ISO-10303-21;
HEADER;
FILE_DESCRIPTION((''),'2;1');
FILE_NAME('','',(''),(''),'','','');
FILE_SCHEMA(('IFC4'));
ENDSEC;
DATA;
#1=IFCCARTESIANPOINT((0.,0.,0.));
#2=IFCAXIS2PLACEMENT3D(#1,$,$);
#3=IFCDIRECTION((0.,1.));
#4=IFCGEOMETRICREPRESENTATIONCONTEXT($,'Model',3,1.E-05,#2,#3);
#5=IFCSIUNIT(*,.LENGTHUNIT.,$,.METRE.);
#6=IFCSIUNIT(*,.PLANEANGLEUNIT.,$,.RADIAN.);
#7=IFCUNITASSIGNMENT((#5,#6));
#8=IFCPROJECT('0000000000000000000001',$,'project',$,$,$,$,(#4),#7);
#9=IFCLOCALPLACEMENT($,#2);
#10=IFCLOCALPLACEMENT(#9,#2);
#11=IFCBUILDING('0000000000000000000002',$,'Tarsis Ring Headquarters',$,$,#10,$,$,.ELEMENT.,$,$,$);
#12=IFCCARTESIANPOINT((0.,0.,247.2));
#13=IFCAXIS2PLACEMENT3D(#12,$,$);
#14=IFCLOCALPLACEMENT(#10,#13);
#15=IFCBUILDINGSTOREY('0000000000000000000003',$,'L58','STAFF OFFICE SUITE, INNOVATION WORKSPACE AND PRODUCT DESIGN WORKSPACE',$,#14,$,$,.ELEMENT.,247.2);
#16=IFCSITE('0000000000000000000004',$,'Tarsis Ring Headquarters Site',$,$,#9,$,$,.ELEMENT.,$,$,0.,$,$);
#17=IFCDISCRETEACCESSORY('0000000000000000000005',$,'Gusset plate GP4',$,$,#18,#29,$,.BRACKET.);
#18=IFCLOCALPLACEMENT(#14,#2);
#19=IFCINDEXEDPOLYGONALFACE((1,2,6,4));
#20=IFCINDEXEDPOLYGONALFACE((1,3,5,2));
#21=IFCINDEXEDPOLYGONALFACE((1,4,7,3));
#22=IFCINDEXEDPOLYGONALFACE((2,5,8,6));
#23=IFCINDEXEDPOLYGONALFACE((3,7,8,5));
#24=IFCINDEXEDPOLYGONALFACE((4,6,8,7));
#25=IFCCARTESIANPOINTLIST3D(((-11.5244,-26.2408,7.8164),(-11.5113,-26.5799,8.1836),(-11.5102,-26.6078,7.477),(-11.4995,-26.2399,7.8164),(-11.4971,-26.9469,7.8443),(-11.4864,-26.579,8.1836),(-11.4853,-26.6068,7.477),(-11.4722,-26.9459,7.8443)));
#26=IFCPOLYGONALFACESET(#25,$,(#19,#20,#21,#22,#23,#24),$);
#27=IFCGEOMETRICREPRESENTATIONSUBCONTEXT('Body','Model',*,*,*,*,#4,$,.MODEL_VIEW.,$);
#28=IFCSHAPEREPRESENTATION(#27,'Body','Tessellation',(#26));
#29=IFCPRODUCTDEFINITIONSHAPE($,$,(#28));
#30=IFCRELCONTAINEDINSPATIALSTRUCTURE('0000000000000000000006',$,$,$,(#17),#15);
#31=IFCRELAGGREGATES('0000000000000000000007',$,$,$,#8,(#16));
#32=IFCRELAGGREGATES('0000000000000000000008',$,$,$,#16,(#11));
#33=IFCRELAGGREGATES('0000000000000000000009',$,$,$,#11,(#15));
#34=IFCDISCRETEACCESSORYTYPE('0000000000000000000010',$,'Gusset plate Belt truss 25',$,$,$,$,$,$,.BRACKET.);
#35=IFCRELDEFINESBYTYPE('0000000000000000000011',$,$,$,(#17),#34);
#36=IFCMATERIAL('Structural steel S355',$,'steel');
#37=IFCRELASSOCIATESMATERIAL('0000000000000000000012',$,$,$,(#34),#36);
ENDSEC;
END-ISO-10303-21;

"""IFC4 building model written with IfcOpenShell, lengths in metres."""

from ifc_helpers import new_model, si_unit, direction, frame, origin, origin_2d, place, context, subcontext, project, spatial, rectangle, extrude, material, material_profile, profile_set, type_object, element, save


model = new_model("IFC4")

# Units and contexts
model_context = context("Model", 3, precision=1e-05, world=origin(), true_north=direction((0.0, 1.0)))
body_context = subcontext(model_context, "Body", "Model", "MODEL_VIEW")
ifc_project = project(units=[si_unit("LENGTHUNIT", "METRE"), si_unit("PLANEANGLEUNIT", "RADIAN")], contexts=[model_context])

# Site, building, storey
site_placement = place(None, origin())
site = spatial("IfcSite", under=ifc_project, at=site_placement, Name="Tarsis Ring Headquarters Site", CompositionType="ELEMENT", RefElevation=0.0)
building_placement = place(site_placement, origin())
building = spatial("IfcBuilding", under=site, at=building_placement, Name="Tarsis Ring Headquarters", CompositionType="ELEMENT")
storey_placement = place(building_placement, frame((0.0, 0.0, 247.2)))
storey = spatial("IfcBuildingStorey", under=building, at=storey_placement, Name="L58", Description="STAFF OFFICE SUITE, INNOVATION WORKSPACE AND PRODUCT DESIGN WORKSPACE", CompositionType="ELEMENT", Elevation=247.2)

# Shared definitions
ifc_material_1 = material(Name="Structural steel S355", Category="steel")

# Discrete accessory
ifc_material_profile_1 = material_profile(ifc_material_1, rectangle(XDim=0.0249, YDim=0.5, at=origin_2d()), Name="PL 25x500")
ifc_profile_set_1 = profile_set([ifc_material_profile_1], Name="Structural steel S355")
discrete_accessory_type = type_object("IfcDiscreteAccessoryType", Name="Gusset plate Belt truss 25", PredefinedType="BRACKET", material=ifc_profile_set_1)
discrete_accessory_1_placement = place(storey_placement, frame((-11.5054, -26.4099, 8.0), z_axis=(0.02832, -0.733872, -0.678697), x_axis=(0.999256, 0.038561, 0.0)))
element("IfcDiscreteAccessory", 1, at=discrete_accessory_1_placement, inside=storey, type_object=discrete_accessory_type, Name="Gusset plate GP4", PredefinedType="BRACKET", context=body_context, shape_type="SweptSolid", body=[
    extrude(rectangle(XDim=0.0249, YDim=0.5, at=origin_2d()), origin(), (0.0, 0.0, 1.0), 0.5),
])

save(model, "model.ifc")
